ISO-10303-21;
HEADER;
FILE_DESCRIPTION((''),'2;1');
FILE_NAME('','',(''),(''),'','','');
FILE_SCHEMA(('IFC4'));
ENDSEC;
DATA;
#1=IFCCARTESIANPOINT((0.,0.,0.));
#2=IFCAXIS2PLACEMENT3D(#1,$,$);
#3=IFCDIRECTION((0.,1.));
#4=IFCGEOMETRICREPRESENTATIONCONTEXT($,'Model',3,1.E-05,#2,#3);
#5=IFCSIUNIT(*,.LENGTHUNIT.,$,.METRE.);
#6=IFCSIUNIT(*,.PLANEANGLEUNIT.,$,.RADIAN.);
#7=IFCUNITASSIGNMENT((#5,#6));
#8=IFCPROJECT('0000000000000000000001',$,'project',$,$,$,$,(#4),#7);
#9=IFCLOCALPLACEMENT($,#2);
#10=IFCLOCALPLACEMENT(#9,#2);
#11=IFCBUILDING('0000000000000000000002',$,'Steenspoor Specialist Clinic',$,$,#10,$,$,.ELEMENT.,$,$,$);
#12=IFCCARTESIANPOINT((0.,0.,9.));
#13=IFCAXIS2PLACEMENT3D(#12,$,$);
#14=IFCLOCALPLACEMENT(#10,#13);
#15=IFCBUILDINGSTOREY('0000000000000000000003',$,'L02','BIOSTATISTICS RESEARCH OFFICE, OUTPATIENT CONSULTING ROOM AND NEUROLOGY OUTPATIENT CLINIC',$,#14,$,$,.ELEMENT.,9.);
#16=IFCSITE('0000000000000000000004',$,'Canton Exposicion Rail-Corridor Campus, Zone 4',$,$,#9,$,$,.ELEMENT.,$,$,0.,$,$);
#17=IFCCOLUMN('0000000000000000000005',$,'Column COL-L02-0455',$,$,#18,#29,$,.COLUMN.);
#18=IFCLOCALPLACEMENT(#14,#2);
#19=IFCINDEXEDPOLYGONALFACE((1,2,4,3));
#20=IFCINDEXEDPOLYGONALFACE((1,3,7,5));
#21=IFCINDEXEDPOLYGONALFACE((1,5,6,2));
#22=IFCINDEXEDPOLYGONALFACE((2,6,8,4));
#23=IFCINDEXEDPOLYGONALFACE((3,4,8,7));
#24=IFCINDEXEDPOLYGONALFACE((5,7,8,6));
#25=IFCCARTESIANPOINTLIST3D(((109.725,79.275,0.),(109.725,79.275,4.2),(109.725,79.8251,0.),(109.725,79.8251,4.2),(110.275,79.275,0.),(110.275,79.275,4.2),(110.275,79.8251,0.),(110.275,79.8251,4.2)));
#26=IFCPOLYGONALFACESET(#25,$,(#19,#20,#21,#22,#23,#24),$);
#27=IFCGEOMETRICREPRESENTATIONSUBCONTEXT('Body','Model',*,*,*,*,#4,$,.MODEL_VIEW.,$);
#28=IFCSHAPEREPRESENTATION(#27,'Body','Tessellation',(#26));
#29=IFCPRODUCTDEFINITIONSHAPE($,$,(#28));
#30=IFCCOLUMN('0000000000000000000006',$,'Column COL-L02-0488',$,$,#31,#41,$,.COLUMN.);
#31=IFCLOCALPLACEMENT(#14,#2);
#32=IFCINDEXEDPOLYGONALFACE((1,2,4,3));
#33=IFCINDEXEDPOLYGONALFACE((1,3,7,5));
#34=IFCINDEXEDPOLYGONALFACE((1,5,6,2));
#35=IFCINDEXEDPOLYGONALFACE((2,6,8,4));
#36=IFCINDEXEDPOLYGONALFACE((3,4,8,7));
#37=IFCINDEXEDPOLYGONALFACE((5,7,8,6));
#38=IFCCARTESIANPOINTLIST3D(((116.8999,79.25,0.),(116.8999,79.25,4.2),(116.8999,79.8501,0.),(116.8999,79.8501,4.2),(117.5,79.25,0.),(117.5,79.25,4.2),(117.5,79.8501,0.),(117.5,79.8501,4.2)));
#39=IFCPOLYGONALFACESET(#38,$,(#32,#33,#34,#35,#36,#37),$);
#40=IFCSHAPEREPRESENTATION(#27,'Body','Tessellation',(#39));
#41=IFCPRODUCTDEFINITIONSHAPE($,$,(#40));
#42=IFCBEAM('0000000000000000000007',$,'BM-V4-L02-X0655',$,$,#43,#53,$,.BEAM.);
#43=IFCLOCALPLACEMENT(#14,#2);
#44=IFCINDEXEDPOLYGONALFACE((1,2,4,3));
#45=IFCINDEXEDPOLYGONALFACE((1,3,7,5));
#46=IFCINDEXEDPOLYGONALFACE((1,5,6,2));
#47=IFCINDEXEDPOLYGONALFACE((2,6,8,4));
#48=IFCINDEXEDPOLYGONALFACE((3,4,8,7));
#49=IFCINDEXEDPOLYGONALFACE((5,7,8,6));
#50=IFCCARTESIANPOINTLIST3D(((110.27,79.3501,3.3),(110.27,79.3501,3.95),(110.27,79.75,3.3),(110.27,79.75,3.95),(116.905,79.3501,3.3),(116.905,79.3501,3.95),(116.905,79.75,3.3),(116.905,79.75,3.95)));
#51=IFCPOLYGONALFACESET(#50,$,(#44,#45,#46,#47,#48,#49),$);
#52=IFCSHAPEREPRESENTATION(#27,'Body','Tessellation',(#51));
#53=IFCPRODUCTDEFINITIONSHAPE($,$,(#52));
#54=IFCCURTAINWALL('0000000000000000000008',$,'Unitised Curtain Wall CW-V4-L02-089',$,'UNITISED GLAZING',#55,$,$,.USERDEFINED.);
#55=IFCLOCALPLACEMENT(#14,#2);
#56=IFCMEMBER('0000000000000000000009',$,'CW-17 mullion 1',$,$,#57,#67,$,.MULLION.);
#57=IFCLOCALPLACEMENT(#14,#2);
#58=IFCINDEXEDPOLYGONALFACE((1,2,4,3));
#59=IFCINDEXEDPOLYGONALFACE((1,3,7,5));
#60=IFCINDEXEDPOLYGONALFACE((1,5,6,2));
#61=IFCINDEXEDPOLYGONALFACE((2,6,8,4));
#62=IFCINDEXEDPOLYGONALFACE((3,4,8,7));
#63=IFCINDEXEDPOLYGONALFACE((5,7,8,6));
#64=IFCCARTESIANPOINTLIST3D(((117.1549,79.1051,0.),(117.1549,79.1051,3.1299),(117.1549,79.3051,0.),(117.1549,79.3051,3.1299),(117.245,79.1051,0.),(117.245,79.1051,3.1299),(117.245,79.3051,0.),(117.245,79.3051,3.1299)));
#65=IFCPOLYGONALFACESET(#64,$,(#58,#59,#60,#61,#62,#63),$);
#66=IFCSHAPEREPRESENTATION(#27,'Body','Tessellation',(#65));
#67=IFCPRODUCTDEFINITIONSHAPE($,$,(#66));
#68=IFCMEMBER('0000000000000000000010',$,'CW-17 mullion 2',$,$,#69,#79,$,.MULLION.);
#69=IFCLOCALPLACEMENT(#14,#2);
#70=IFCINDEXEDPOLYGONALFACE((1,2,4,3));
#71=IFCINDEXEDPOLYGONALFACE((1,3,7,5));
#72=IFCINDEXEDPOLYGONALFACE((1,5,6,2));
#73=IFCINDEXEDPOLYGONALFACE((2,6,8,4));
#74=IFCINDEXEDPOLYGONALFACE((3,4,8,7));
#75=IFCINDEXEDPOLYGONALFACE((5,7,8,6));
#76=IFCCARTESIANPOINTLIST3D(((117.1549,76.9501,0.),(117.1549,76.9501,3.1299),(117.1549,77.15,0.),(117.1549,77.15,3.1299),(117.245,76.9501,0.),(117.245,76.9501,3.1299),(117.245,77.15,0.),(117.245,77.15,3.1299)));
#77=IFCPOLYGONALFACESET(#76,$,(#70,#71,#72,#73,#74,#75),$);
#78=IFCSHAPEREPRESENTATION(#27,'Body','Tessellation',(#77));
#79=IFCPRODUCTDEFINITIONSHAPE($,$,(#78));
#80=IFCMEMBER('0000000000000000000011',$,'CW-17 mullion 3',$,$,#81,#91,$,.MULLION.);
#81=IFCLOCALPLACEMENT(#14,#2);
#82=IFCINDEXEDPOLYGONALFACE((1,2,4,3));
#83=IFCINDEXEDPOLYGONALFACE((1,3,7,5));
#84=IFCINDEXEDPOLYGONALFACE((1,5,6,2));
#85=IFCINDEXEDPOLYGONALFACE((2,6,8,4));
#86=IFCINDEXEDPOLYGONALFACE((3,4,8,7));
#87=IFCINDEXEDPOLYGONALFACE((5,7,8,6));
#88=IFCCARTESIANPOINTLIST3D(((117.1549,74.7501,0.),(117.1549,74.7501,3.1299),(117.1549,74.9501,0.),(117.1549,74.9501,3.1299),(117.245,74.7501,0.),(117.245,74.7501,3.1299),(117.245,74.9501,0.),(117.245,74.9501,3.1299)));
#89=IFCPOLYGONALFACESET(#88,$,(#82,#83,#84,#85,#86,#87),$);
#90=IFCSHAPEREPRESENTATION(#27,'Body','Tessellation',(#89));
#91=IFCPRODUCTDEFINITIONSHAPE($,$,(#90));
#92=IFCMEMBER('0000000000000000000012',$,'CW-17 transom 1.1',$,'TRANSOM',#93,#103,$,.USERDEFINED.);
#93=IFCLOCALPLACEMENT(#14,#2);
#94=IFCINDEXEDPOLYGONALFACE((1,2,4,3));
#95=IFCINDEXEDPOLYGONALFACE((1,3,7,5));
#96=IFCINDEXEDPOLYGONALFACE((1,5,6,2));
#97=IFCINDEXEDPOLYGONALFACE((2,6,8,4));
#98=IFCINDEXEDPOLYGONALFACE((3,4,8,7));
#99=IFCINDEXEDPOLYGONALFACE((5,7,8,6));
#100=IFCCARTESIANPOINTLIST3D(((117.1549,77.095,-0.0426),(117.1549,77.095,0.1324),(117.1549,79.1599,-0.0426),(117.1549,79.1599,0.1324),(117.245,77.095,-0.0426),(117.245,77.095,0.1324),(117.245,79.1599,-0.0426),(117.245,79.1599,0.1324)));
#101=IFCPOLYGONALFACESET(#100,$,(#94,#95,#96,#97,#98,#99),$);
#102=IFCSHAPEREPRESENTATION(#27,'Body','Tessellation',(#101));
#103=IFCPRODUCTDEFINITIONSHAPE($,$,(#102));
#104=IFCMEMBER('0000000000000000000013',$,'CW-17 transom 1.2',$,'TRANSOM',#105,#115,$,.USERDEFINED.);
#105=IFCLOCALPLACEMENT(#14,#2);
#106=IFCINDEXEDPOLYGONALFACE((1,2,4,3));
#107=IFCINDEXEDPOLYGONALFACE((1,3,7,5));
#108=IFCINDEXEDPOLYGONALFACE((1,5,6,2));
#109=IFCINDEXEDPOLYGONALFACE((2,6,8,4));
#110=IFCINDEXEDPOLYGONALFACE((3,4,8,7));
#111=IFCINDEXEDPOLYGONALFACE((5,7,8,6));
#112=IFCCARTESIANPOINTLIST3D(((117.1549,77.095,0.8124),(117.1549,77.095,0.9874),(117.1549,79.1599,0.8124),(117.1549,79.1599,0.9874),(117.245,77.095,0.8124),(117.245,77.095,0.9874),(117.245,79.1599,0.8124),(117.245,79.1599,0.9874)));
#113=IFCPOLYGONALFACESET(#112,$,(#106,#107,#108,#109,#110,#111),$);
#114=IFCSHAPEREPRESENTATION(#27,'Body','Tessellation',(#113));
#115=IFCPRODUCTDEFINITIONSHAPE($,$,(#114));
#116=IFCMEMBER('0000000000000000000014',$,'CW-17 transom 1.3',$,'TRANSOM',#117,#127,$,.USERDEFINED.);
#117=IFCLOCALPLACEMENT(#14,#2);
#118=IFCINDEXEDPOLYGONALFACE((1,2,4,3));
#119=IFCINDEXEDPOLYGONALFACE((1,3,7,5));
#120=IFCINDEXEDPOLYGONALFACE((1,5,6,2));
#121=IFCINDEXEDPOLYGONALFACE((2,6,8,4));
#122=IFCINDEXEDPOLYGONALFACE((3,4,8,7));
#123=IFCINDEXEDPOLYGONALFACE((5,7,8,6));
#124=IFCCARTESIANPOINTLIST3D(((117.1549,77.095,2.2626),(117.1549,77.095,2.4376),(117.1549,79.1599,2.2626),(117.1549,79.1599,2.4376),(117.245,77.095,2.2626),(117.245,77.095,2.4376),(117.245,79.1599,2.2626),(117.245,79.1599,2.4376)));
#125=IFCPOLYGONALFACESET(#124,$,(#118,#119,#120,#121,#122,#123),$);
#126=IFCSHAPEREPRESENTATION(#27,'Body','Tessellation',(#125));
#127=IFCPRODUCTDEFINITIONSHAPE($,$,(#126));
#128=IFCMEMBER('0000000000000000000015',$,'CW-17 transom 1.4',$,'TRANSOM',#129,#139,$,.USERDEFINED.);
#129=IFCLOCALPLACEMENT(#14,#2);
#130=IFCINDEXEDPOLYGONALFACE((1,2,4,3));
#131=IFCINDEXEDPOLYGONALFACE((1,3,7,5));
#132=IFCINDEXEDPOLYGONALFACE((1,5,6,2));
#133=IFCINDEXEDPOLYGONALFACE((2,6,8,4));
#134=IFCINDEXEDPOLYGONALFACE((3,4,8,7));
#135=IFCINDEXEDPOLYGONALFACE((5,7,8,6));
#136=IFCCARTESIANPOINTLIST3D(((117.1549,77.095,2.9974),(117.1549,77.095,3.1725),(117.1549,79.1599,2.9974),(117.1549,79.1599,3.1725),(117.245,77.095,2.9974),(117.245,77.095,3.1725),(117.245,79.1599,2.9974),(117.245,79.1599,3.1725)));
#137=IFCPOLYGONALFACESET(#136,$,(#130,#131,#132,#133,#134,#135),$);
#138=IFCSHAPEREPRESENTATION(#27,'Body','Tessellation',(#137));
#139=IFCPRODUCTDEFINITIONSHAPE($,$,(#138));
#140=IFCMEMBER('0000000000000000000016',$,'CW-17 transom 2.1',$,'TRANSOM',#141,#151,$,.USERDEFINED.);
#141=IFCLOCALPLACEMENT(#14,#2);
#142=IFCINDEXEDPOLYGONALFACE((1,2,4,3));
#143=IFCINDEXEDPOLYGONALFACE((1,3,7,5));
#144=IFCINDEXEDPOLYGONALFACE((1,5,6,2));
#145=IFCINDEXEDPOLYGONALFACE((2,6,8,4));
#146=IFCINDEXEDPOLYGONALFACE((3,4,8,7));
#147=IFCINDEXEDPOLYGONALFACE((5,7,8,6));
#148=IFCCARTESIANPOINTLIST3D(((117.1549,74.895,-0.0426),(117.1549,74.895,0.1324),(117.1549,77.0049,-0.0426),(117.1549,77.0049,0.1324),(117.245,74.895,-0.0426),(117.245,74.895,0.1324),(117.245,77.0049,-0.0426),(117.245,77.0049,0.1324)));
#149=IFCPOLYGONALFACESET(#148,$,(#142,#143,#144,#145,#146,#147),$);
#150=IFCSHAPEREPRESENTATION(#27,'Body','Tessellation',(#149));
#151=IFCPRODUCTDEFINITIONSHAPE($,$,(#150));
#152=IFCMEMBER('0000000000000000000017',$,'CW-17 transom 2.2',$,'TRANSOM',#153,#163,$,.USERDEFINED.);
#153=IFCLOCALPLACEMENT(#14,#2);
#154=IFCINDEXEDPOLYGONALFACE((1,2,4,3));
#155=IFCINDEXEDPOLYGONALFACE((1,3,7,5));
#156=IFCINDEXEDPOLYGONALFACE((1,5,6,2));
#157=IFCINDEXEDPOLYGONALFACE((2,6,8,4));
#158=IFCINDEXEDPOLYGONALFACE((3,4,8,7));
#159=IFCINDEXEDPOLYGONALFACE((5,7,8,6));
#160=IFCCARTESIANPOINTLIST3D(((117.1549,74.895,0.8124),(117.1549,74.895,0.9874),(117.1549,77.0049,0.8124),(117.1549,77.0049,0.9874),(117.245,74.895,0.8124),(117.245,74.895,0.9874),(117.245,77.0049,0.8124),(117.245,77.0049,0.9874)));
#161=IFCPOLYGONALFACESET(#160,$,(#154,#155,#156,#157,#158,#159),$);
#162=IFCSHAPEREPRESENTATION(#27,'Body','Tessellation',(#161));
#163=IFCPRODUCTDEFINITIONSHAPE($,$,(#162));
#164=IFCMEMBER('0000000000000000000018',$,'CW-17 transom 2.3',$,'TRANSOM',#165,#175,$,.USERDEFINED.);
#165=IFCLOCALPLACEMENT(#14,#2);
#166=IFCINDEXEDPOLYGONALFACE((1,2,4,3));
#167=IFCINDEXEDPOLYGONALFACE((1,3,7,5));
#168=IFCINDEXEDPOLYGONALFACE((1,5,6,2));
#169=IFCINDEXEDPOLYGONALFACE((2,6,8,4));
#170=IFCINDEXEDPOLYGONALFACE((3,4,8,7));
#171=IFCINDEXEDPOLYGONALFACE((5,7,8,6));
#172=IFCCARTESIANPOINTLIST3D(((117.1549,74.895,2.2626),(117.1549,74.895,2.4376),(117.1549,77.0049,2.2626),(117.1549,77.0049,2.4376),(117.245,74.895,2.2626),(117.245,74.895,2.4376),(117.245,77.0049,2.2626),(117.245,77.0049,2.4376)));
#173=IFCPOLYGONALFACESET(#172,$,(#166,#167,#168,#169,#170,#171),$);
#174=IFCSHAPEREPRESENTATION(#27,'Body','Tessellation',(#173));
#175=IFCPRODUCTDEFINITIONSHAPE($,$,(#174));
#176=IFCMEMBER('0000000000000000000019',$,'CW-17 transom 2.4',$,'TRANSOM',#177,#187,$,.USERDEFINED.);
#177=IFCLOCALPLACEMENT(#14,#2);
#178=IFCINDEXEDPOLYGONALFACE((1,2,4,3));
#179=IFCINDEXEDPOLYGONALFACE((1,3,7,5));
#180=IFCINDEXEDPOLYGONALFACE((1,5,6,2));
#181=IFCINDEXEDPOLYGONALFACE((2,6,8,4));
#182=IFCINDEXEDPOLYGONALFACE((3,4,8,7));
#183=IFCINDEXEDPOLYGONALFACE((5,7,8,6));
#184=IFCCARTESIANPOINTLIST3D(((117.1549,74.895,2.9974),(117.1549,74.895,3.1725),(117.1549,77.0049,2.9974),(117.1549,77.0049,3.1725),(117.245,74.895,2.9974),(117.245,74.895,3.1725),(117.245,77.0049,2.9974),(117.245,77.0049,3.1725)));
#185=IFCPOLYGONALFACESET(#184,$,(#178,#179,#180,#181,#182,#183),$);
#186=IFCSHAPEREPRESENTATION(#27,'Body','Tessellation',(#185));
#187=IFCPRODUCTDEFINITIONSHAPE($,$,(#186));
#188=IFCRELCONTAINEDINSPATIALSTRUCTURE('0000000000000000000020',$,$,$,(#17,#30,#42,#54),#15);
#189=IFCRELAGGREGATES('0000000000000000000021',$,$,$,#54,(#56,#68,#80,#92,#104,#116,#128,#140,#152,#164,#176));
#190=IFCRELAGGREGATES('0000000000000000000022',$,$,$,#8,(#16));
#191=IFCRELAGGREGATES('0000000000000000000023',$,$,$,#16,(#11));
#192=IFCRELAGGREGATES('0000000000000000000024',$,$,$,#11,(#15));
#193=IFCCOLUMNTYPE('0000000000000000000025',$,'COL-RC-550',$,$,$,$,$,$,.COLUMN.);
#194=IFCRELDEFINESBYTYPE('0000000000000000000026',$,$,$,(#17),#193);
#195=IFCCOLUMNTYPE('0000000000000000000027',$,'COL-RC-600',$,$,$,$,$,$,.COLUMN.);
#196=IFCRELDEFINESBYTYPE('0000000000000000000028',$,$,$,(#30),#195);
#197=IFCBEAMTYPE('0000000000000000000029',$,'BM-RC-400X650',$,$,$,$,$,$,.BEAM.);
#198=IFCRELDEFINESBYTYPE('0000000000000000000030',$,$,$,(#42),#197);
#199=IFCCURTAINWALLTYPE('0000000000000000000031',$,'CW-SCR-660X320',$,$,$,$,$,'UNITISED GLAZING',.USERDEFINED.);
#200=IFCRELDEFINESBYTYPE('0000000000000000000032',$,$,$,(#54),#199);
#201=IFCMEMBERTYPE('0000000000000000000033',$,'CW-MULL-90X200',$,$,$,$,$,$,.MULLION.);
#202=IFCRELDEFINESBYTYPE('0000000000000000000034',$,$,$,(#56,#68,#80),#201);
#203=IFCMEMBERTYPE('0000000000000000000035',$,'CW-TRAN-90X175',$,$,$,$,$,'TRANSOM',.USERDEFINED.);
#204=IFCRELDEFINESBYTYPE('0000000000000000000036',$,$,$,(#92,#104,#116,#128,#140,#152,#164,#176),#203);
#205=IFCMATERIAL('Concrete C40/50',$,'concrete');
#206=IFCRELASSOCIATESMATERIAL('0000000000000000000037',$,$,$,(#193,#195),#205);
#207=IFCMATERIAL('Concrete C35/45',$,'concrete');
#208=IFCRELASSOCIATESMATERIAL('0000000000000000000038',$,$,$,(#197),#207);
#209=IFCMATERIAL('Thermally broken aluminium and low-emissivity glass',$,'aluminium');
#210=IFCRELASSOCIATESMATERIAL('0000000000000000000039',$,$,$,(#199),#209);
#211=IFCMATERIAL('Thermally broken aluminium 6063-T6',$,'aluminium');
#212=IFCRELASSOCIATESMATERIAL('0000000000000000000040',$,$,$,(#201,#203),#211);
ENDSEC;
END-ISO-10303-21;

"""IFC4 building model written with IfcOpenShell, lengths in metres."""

from ifc_helpers import new_model, si_unit, direction, frame, origin, origin_2d, place, context, subcontext, project, spatial, rectangle, extrude, material, material_profile, profile_set, type_object, element, aggregate, save


model = new_model("IFC4")

# Units and contexts
model_context = context("Model", 3, precision=1e-05, world=origin(), true_north=direction((0.0, 1.0)))
body_context = subcontext(model_context, "Body", "Model", "MODEL_VIEW")
ifc_project = project(units=[si_unit("LENGTHUNIT", "METRE"), si_unit("PLANEANGLEUNIT", "RADIAN")], contexts=[model_context])

# Site, building, storey
site_placement = place(None, origin())
site = spatial("IfcSite", under=ifc_project, at=site_placement, Name="Canton Exposicion Rail-Corridor Campus, Zone 4", CompositionType="ELEMENT", RefElevation=0.0)
building_placement = place(site_placement, origin())
building = spatial("IfcBuilding", under=site, at=building_placement, Name="Steenspoor Specialist Clinic", CompositionType="ELEMENT")
storey_placement = place(building_placement, frame((0.0, 0.0, 9.0)))
storey = spatial("IfcBuildingStorey", under=building, at=storey_placement, Name="L02", Description="BIOSTATISTICS RESEARCH OFFICE, OUTPATIENT CONSULTING ROOM AND NEUROLOGY OUTPATIENT CLINIC", CompositionType="ELEMENT", Elevation=9.0)

# Columns
ifc_material_1 = material(Name="Concrete C40/50", Category="concrete")
ifc_material_profile_1 = material_profile(ifc_material_1, rectangle(XDim=0.55, YDim=0.55, at=origin_2d()), Name="RC-COL-550X550")
ifc_profile_set_1 = profile_set([ifc_material_profile_1], Name="Concrete C40/50")
column_type_1 = type_object("IfcColumnType", Name="COL-RC-550", PredefinedType="COLUMN", material=ifc_profile_set_1)
column_1_placement = place(storey_placement, frame((110.0, 79.55, 0.0), z_axis=(0.0, 0.0, 1.0), x_axis=(1.0, 0.0, 0.0)))
element("IfcColumn", 1, at=column_1_placement, inside=storey, type_object=column_type_1, Name="Column COL-L02-0455", PredefinedType="COLUMN", context=body_context, shape_type="SweptSolid", body=[
    extrude(rectangle(XDim=0.55, YDim=0.55, at=origin_2d()), origin(), (0.0, 0.0, 1.0), 4.2),
])
ifc_material_profile_2 = material_profile(ifc_material_1, rectangle(XDim=0.6001, YDim=0.6001, at=origin_2d()), Name="RC-COL-600X600")
ifc_profile_set_2 = profile_set([ifc_material_profile_2], Name="Concrete C40/50")
column_type_2 = type_object("IfcColumnType", Name="COL-RC-600", PredefinedType="COLUMN", material=ifc_profile_set_2)
column_2_placement = place(storey_placement, frame((117.2, 79.55, 0.0), z_axis=(0.0, 0.0, 1.0), x_axis=(1.0, 0.0, 0.0)))
element("IfcColumn", 2, at=column_2_placement, inside=storey, type_object=column_type_2, Name="Column COL-L02-0488", PredefinedType="COLUMN", context=body_context, shape_type="SweptSolid", body=[
    extrude(rectangle(XDim=0.6001, YDim=0.6001, at=origin_2d()), origin(), (0.0, 0.0, 1.0), 4.2),
])

# Beam
ifc_material_2 = material(Name="Concrete C35/45", Category="concrete")
ifc_material_profile_3 = material_profile(ifc_material_2, rectangle(XDim=0.3999, YDim=0.6499, at=origin_2d()), Name="RC-BM-400X650")
ifc_profile_set_3 = profile_set([ifc_material_profile_3], Name="Concrete C35/45")
beam_type_1 = type_object("IfcBeamType", Name="BM-RC-400X650", PredefinedType="BEAM", material=ifc_profile_set_3)
beam_1_placement = place(storey_placement, frame((110.27, 79.55, 3.625), z_axis=(1.0, 0.0, 0.0), x_axis=(0.0, 1.0, 0.0)))
element("IfcBeam", 3, at=beam_1_placement, inside=storey, type_object=beam_type_1, Name="BM-V4-L02-X0655", PredefinedType="BEAM", context=body_context, shape_type="SweptSolid", body=[
    extrude(rectangle(XDim=0.3999, YDim=0.6499, at=origin_2d()), origin(), (0.0, 0.0, 1.0), 6.635),
])

# Curtain wall, members
ifc_material_3 = material(Name="Thermally broken aluminium and low-emissivity glass", Category="aluminium")
curtain_wall_type = type_object("IfcCurtainWallType", Name="CW-SCR-660X320", ElementType="UNITISED GLAZING", PredefinedType="USERDEFINED", material=ifc_material_3)
curtain_wall_placement = place(storey_placement, origin())
curtain_wall = element("IfcCurtainWall", 4, at=curtain_wall_placement, inside=storey, type_object=curtain_wall_type, Name="Unitised Curtain Wall CW-V4-L02-089", ObjectType="UNITISED GLAZING", PredefinedType="USERDEFINED")
ifc_material_4 = material(Name="Thermally broken aluminium 6063-T6", Category="aluminium")
ifc_material_profile_4 = material_profile(ifc_material_4, rectangle(XDim=0.0901, YDim=0.2, at=origin_2d()), Name="CWM-90X200")
ifc_profile_set_4 = profile_set([ifc_material_profile_4], Name="Thermally broken aluminium 6063-T6")
member_type_1 = type_object("IfcMemberType", Name="CW-MULL-90X200", PredefinedType="MULLION", material=ifc_profile_set_4)
member_1_placement = place(storey_placement, frame((117.2, 79.2051, 0.0), z_axis=(0.0, 0.0, 1.0), x_axis=(1.0, 0.0, 0.0)))
member_1 = element("IfcMember", 5, at=member_1_placement, type_object=member_type_1, Name="CW-17 mullion 1", PredefinedType="MULLION", context=body_context, shape_type="SweptSolid", body=[
    extrude(rectangle(XDim=0.0901, YDim=0.2, at=origin_2d()), origin(), (0.0, 0.0, 1.0), 3.1299),
])
member_2_placement = place(storey_placement, frame((117.2, 77.05, 0.0), z_axis=(0.0, 0.0, 1.0), x_axis=(1.0, 0.0, 0.0)))
member_2 = element("IfcMember", 6, at=member_2_placement, type_object=member_type_1, Name="CW-17 mullion 2", PredefinedType="MULLION", context=body_context, shape_type="SweptSolid", body=[
    extrude(rectangle(XDim=0.0901, YDim=0.2, at=origin_2d()), origin(), (0.0, 0.0, 1.0), 3.1299),
])
member_3_placement = place(storey_placement, frame((117.2, 74.8501, 0.0), z_axis=(0.0, 0.0, 1.0), x_axis=(1.0, 0.0, 0.0)))
member_3 = element("IfcMember", 7, at=member_3_placement, type_object=member_type_1, Name="CW-17 mullion 3", PredefinedType="MULLION", context=body_context, shape_type="SweptSolid", body=[
    extrude(rectangle(XDim=0.0901, YDim=0.2, at=origin_2d()), origin(), (0.0, 0.0, 1.0), 3.1299),
])
ifc_material_profile_5 = material_profile(ifc_material_4, rectangle(XDim=0.0901, YDim=0.175, at=origin_2d()), Name="CWT-90X175")
ifc_profile_set_5 = profile_set([ifc_material_profile_5], Name="Thermally broken aluminium 6063-T6")
member_type_2 = type_object("IfcMemberType", Name="CW-TRAN-90X175", ElementType="TRANSOM", PredefinedType="USERDEFINED", material=ifc_profile_set_5)
member_4_placement = place(storey_placement, frame((117.2, 79.1599, 0.0449), z_axis=(0.0, -1.0, 0.0), x_axis=(1.0, 0.0, 0.0)))
member_4 = element("IfcMember", 8, at=member_4_placement, type_object=member_type_2, Name="CW-17 transom 1.1", ObjectType="TRANSOM", PredefinedType="USERDEFINED", context=body_context, shape_type="SweptSolid", body=[
    extrude(rectangle(XDim=0.0901, YDim=0.175, at=origin_2d()), origin(), (0.0, 0.0, 1.0), 2.0649),
])
member_5_placement = place(storey_placement, frame((117.2, 79.1599, 0.8999), z_axis=(0.0, -1.0, 0.0), x_axis=(1.0, 0.0, 0.0)))
member_5 = element("IfcMember", 9, at=member_5_placement, type_object=member_type_2, Name="CW-17 transom 1.2", ObjectType="TRANSOM", PredefinedType="USERDEFINED", context=body_context, shape_type="SweptSolid", body=[
    extrude(rectangle(XDim=0.0901, YDim=0.175, at=origin_2d()), origin(), (0.0, 0.0, 1.0), 2.0649),
])
member_6_placement = place(storey_placement, frame((117.2, 79.1599, 2.3501), z_axis=(0.0, -1.0, 0.0), x_axis=(1.0, 0.0, 0.0)))
member_6 = element("IfcMember", 10, at=member_6_placement, type_object=member_type_2, Name="CW-17 transom 1.3", ObjectType="TRANSOM", PredefinedType="USERDEFINED", context=body_context, shape_type="SweptSolid", body=[
    extrude(rectangle(XDim=0.0901, YDim=0.175, at=origin_2d()), origin(), (0.0, 0.0, 1.0), 2.0649),
])
member_7_placement = place(storey_placement, frame((117.2, 79.1599, 3.085), z_axis=(0.0, -1.0, 0.0), x_axis=(1.0, 0.0, 0.0)))
member_7 = element("IfcMember", 11, at=member_7_placement, type_object=member_type_2, Name="CW-17 transom 1.4", ObjectType="TRANSOM", PredefinedType="USERDEFINED", context=body_context, shape_type="SweptSolid", body=[
    extrude(rectangle(XDim=0.0901, YDim=0.175, at=origin_2d()), origin(), (0.0, 0.0, 1.0), 2.0649),
])
member_8_placement = place(storey_placement, frame((117.2, 77.0049, 0.0449), z_axis=(0.0, -1.0, 0.0), x_axis=(1.0, 0.0, 0.0)))
member_8 = element("IfcMember", 12, at=member_8_placement, type_object=member_type_2, Name="CW-17 transom 2.1", ObjectType="TRANSOM", PredefinedType="USERDEFINED", context=body_context, shape_type="SweptSolid", body=[
    extrude(rectangle(XDim=0.0901, YDim=0.175, at=origin_2d()), origin(), (0.0, 0.0, 1.0), 2.1099),
])
member_9_placement = place(storey_placement, frame((117.2, 77.0049, 0.8999), z_axis=(0.0, -1.0, 0.0), x_axis=(1.0, 0.0, 0.0)))
member_9 = element("IfcMember", 13, at=member_9_placement, type_object=member_type_2, Name="CW-17 transom 2.2", ObjectType="TRANSOM", PredefinedType="USERDEFINED", context=body_context, shape_type="SweptSolid", body=[
    extrude(rectangle(XDim=0.0901, YDim=0.175, at=origin_2d()), origin(), (0.0, 0.0, 1.0), 2.1099),
])
member_10_placement = place(storey_placement, frame((117.2, 77.0049, 2.3501), z_axis=(0.0, -1.0, 0.0), x_axis=(1.0, 0.0, 0.0)))
member_10 = element("IfcMember", 14, at=member_10_placement, type_object=member_type_2, Name="CW-17 transom 2.3", ObjectType="TRANSOM", PredefinedType="USERDEFINED", context=body_context, shape_type="SweptSolid", body=[
    extrude(rectangle(XDim=0.0901, YDim=0.175, at=origin_2d()), origin(), (0.0, 0.0, 1.0), 2.1099),
])
member_11_placement = place(storey_placement, frame((117.2, 77.0049, 3.085), z_axis=(0.0, -1.0, 0.0), x_axis=(1.0, 0.0, 0.0)))
member_11 = element("IfcMember", 15, at=member_11_placement, type_object=member_type_2, Name="CW-17 transom 2.4", ObjectType="TRANSOM", PredefinedType="USERDEFINED", context=body_context, shape_type="SweptSolid", body=[
    extrude(rectangle(XDim=0.0901, YDim=0.175, at=origin_2d()), origin(), (0.0, 0.0, 1.0), 2.1099),
])

aggregate(curtain_wall, [member_1, member_2, member_3, member_4, member_5, member_6, member_7, member_8, member_9, member_10, member_11])

save(model, "model.ifc")
